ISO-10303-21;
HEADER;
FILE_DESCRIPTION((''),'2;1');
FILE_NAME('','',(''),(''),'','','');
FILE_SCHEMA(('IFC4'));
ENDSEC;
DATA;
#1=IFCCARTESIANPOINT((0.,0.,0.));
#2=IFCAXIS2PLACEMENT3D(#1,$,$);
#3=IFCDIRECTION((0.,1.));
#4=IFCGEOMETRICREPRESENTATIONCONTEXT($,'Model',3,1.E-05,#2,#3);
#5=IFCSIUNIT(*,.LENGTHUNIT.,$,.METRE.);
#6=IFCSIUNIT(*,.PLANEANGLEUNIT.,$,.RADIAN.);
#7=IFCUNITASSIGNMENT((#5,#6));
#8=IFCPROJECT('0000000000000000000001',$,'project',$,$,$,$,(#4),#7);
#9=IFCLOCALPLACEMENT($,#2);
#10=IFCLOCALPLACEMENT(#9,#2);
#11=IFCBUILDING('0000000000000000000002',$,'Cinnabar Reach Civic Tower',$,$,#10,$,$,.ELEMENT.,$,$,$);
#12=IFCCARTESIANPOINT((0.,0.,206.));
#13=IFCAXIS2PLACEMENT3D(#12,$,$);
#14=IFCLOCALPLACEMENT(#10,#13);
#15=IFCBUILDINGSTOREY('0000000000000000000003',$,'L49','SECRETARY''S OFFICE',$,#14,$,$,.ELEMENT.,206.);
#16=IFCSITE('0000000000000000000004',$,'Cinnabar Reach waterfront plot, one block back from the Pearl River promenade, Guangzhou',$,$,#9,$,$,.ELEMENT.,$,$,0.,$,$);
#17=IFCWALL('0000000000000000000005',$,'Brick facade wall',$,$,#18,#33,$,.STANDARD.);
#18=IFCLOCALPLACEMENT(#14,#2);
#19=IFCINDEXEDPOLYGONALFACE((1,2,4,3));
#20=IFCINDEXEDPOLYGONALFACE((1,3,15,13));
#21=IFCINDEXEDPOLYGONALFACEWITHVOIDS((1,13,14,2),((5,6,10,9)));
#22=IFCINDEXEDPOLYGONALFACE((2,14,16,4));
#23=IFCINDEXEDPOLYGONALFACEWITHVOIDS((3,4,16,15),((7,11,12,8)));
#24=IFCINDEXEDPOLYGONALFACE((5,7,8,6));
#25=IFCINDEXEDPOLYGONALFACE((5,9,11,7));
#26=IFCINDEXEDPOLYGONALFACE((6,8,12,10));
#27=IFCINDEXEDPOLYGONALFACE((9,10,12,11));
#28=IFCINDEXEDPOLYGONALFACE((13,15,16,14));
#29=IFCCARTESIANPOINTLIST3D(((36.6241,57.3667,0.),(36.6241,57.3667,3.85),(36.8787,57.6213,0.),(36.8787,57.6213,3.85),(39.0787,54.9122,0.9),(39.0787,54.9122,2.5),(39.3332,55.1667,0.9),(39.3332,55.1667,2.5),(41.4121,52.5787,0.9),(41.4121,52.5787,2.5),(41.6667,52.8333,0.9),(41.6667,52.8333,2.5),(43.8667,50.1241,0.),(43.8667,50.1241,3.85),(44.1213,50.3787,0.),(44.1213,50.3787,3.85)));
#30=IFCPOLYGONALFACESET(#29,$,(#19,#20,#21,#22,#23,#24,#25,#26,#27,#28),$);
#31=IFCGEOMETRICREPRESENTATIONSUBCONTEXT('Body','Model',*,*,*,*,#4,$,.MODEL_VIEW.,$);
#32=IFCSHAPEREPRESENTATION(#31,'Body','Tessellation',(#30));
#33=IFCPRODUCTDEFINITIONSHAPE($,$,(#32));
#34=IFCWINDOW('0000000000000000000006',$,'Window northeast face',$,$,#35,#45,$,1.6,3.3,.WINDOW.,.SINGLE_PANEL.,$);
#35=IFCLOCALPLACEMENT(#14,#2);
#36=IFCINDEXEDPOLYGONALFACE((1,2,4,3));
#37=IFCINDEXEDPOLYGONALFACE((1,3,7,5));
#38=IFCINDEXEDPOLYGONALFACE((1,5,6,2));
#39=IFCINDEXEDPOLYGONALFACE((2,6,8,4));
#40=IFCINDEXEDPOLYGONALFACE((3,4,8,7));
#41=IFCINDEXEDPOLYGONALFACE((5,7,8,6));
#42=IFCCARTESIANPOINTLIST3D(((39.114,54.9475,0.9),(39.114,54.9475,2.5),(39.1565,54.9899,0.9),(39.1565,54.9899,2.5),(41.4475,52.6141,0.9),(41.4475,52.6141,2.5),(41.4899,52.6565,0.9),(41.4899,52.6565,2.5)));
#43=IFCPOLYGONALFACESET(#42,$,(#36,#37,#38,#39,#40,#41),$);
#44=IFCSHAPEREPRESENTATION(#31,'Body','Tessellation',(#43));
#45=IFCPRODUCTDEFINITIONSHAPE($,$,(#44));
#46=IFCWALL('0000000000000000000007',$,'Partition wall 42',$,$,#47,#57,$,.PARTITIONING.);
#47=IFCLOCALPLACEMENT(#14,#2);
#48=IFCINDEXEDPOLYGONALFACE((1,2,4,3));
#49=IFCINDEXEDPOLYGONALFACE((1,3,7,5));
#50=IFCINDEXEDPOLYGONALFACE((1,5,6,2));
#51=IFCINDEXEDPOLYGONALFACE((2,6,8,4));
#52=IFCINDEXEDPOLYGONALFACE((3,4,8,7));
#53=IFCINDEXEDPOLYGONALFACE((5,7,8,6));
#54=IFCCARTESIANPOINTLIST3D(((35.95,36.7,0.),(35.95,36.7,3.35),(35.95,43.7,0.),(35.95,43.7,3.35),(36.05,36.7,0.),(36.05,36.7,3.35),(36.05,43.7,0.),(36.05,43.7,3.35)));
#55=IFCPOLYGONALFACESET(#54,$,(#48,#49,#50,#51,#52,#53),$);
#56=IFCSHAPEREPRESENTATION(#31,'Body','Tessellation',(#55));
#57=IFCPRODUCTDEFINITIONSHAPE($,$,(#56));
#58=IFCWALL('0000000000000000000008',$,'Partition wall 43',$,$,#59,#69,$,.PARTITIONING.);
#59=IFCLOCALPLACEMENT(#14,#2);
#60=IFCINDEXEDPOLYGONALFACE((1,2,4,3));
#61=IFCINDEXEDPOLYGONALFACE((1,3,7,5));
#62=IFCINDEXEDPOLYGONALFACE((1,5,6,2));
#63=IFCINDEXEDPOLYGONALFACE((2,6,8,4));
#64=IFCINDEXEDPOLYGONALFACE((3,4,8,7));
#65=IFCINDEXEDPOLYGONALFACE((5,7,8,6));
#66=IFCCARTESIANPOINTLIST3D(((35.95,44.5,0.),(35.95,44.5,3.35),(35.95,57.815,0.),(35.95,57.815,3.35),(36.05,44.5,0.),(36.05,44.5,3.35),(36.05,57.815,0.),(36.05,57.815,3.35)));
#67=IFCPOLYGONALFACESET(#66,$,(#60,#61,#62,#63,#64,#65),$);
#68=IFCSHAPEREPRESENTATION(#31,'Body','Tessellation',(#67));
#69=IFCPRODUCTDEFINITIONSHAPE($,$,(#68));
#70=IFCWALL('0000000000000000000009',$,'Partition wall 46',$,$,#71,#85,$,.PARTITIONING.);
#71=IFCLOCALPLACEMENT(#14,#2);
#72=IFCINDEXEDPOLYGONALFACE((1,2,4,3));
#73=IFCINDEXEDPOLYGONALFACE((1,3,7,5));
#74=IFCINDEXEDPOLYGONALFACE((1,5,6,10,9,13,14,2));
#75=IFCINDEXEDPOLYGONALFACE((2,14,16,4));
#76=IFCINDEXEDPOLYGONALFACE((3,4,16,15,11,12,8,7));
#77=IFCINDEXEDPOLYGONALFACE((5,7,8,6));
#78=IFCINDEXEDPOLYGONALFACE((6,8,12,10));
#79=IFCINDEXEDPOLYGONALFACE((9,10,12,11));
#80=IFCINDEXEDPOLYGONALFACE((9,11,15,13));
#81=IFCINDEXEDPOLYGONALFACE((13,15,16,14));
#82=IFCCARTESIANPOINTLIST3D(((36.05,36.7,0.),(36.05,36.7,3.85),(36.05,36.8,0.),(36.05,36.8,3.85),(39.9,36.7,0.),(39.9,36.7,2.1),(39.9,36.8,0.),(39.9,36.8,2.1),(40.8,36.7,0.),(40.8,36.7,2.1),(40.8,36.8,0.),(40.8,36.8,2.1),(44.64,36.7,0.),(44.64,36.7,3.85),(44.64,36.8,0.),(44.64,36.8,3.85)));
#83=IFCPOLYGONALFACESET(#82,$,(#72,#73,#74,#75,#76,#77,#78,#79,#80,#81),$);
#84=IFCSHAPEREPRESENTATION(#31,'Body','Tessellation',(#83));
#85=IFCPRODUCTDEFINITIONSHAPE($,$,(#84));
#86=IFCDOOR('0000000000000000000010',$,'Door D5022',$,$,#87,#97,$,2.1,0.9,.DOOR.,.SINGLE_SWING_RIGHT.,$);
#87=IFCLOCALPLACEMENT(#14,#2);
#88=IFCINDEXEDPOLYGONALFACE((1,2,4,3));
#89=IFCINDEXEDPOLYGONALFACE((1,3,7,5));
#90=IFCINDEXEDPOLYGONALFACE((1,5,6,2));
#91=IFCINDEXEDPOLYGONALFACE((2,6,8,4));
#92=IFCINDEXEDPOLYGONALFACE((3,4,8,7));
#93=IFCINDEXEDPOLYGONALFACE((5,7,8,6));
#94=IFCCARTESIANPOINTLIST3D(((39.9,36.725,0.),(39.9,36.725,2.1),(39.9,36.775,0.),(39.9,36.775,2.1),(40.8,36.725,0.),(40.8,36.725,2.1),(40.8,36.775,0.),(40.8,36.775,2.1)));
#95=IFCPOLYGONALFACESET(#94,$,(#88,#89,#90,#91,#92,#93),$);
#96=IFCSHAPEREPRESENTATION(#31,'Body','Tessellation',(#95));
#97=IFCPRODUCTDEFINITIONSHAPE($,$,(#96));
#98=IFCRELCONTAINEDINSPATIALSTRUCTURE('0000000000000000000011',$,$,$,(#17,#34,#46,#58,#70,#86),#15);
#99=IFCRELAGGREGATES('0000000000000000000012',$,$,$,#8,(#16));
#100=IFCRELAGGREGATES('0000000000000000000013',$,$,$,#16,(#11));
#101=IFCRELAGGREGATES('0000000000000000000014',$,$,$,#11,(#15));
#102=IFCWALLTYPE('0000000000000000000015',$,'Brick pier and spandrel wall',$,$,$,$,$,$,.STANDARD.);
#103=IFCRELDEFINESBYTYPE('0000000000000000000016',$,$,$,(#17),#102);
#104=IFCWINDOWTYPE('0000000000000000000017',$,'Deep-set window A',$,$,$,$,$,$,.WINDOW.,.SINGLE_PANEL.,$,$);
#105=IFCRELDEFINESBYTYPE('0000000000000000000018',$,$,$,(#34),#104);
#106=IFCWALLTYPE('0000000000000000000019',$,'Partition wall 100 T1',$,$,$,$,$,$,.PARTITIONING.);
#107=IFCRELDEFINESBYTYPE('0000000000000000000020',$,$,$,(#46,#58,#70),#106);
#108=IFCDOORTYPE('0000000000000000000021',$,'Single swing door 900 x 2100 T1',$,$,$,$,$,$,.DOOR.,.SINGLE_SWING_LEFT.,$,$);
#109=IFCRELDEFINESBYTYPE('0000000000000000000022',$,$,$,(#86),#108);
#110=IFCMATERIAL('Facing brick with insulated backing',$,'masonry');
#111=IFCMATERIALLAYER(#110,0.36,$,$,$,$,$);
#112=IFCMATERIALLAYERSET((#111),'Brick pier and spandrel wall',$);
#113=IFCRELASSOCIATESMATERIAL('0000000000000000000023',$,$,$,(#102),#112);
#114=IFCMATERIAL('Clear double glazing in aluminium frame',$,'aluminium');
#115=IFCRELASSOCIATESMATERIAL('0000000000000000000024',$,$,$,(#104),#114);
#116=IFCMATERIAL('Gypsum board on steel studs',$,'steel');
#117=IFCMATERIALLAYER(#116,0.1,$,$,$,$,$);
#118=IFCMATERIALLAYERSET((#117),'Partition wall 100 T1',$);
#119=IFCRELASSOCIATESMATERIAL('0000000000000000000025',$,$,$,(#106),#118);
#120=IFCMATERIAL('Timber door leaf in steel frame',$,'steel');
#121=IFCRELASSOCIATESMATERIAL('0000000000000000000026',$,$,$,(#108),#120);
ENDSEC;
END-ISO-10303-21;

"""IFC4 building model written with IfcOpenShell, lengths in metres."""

from ifc_helpers import new_model, si_unit, direction, frame, frame_2d, origin, place, context, subcontext, project, spatial, rectangle, extrude, material, layer, layer_set, type_object, element, fill, save


model = new_model("IFC4")

# Units and contexts
model_context = context("Model", 3, precision=1e-05, world=origin(), true_north=direction((0.0, 1.0)))
body_context = subcontext(model_context, "Body", "Model", "MODEL_VIEW")
ifc_project = project(units=[si_unit("LENGTHUNIT", "METRE"), si_unit("PLANEANGLEUNIT", "RADIAN")], contexts=[model_context])

# Site, building, storey
site_placement = place(None, origin())
site = spatial("IfcSite", under=ifc_project, at=site_placement, Name="Cinnabar Reach waterfront plot, one block back from the Pearl River promenade, Guangzhou", CompositionType="ELEMENT", RefElevation=0.0)
building_placement = place(site_placement, origin())
building = spatial("IfcBuilding", under=site, at=building_placement, Name="Cinnabar Reach Civic Tower", CompositionType="ELEMENT")
storey_placement = place(building_placement, frame((0.0, 0.0, 206.0)))
storey = spatial("IfcBuildingStorey", under=building, at=storey_placement, Name="L49", Description="SECRETARY'S OFFICE", CompositionType="ELEMENT", Elevation=206.0)

# Shared definitions
ifc_material_1 = material(Name="Facing brick with insulated backing", Category="masonry")

# Wall, opening, window
ifc_layer_1 = layer(ifc_material_1, 0.36)
ifc_layer_set_1 = layer_set([ifc_layer_1], Name="Brick pier and spandrel wall")
wall_type_1 = type_object("IfcWallType", Name="Brick pier and spandrel wall", PredefinedType="STANDARD", material=ifc_layer_set_1)
wall_1_placement = place(storey_placement, frame((43.994, 50.2514, 0.0), z_axis=(0.0, 0.0, 1.0), x_axis=(-0.707107, 0.707107, 0.0)))
wall_1 = element("IfcWall", 1, at=wall_1_placement, inside=storey, type_object=wall_type_1, Name="Brick facade wall", PredefinedType="STANDARD", context=body_context, shape_type="SweptSolid", body=[
    extrude(rectangle(XDim=10.2426, YDim=0.36, at=frame_2d((5.1213, 0.0))), origin(), (0.0, 0.0, 1.0), 3.85),
])
opening_1_placement = place(wall_1_placement, frame((3.4713, 0.0, 0.9)))
opening_1 = element("IfcOpeningElement", 2, at=opening_1_placement, cuts=wall_1, PredefinedType="OPENING", context=body_context, shape_type="SweptSolid", body=[
    extrude(rectangle(XDim=3.3, YDim=1.6, at=frame_2d((1.65, 0.8))), frame((0.0, 0.19, 0.0), z_axis=(0.0, -1.0, 0.0), x_axis=(1.0, 0.0, 0.0)), (0.0, 0.0, 1.0), 0.38),
])
ifc_material_2 = material(Name="Clear double glazing in aluminium frame", Category="aluminium")
window_type = type_object("IfcWindowType", Name="Deep-set window A", PartitioningType="SINGLE_PANEL", PredefinedType="WINDOW", material=ifc_material_2)
window_placement = place(opening_1_placement, origin())
window = element("IfcWindow", 3, at=window_placement, inside=storey, type_object=window_type, Name="Window northeast face", OverallHeight=1.6, OverallWidth=3.3, PartitioningType="SINGLE_PANEL", PredefinedType="WINDOW", context=body_context, shape_type="SweptSolid", body=[
    extrude(rectangle(XDim=3.3, YDim=1.6, at=frame_2d((1.65, 0.8))), frame((0.0, 0.13, 0.0), z_axis=(0.0, -1.0, 0.0), x_axis=(1.0, 0.0, 0.0)), (0.0, 0.0, 1.0), 0.06),
])
fill(opening_1, window)

# Walls
ifc_material_3 = material(Name="Gypsum board on steel studs", Category="steel")
ifc_layer_2 = layer(ifc_material_3, 0.1)
ifc_layer_set_2 = layer_set([ifc_layer_2], Name="Partition wall 100 T1")
wall_type_2 = type_object("IfcWallType", Name="Partition wall 100 T1", PredefinedType="PARTITIONING", material=ifc_layer_set_2)
wall_2_placement = place(storey_placement, frame((36.0, 36.7, 0.0), z_axis=(0.0, 0.0, 1.0), x_axis=(0.0, 1.0, 0.0)))
element("IfcWall", 4, at=wall_2_placement, inside=storey, type_object=wall_type_2, Name="Partition wall 42", PredefinedType="PARTITIONING", context=body_context, shape_type="SweptSolid", body=[
    extrude(rectangle(XDim=7.0, YDim=0.1, at=frame_2d((3.5, 0.0))), origin(), (0.0, 0.0, 1.0), 3.35),
])
wall_3_placement = place(storey_placement, frame((36.0, 44.5, 0.0), z_axis=(0.0, 0.0, 1.0), x_axis=(0.0, 1.0, 0.0)))
element("IfcWall", 5, at=wall_3_placement, inside=storey, type_object=wall_type_2, Name="Partition wall 43", PredefinedType="PARTITIONING", context=body_context, shape_type="SweptSolid", body=[
    extrude(rectangle(XDim=13.315, YDim=0.1, at=frame_2d((6.6575, 0.0))), origin(), (0.0, 0.0, 1.0), 3.35),
])

# Wall, opening, door
wall_4_placement = place(storey_placement, frame((36.05, 36.75, 0.0), z_axis=(0.0, 0.0, 1.0), x_axis=(1.0, 0.0, 0.0)))
wall_4 = element("IfcWall", 6, at=wall_4_placement, inside=storey, type_object=wall_type_2, Name="Partition wall 46", PredefinedType="PARTITIONING", context=body_context, shape_type="SweptSolid", body=[
    extrude(rectangle(XDim=8.59, YDim=0.1, at=frame_2d((4.295, 0.0))), origin(), (0.0, 0.0, 1.0), 3.85),
])
opening_2_placement = place(wall_4_placement, frame((3.85, 0.0, 0.0)))
opening_2 = element("IfcOpeningElement", 7, at=opening_2_placement, cuts=wall_4, PredefinedType="OPENING", context=body_context, shape_type="SweptSolid", body=[
    extrude(rectangle(XDim=0.9, YDim=2.1, at=frame_2d((0.45, 1.05))), frame((0.0, 0.06, 0.0), z_axis=(0.0, -1.0, 0.0), x_axis=(1.0, 0.0, 0.0)), (0.0, 0.0, 1.0), 0.12),
])
ifc_material_4 = material(Name="Timber door leaf in steel frame", Category="steel")
door_type = type_object("IfcDoorType", Name="Single swing door 900 x 2100 T1", OperationType="SINGLE_SWING_LEFT", PredefinedType="DOOR", material=ifc_material_4)
door_placement = place(opening_2_placement, frame((0.9, 0.0, 0.0), z_axis=(0.0, 0.0, 1.0), x_axis=(-1.0, 0.0, 0.0)))
door = element("IfcDoor", 8, at=door_placement, inside=storey, type_object=door_type, Name="Door D5022", OperationType="SINGLE_SWING_RIGHT", OverallHeight=2.1, OverallWidth=0.9, PredefinedType="DOOR", context=body_context, shape_type="SweptSolid", body=[
    extrude(rectangle(XDim=0.9, YDim=2.1, at=frame_2d((0.45, 1.05))), frame((0.0, 0.025, 0.0), z_axis=(0.0, -1.0, 0.0), x_axis=(1.0, 0.0, 0.0)), (0.0, 0.0, 1.0), 0.05),
])
fill(opening_2, door)

save(model, "model.ifc")
